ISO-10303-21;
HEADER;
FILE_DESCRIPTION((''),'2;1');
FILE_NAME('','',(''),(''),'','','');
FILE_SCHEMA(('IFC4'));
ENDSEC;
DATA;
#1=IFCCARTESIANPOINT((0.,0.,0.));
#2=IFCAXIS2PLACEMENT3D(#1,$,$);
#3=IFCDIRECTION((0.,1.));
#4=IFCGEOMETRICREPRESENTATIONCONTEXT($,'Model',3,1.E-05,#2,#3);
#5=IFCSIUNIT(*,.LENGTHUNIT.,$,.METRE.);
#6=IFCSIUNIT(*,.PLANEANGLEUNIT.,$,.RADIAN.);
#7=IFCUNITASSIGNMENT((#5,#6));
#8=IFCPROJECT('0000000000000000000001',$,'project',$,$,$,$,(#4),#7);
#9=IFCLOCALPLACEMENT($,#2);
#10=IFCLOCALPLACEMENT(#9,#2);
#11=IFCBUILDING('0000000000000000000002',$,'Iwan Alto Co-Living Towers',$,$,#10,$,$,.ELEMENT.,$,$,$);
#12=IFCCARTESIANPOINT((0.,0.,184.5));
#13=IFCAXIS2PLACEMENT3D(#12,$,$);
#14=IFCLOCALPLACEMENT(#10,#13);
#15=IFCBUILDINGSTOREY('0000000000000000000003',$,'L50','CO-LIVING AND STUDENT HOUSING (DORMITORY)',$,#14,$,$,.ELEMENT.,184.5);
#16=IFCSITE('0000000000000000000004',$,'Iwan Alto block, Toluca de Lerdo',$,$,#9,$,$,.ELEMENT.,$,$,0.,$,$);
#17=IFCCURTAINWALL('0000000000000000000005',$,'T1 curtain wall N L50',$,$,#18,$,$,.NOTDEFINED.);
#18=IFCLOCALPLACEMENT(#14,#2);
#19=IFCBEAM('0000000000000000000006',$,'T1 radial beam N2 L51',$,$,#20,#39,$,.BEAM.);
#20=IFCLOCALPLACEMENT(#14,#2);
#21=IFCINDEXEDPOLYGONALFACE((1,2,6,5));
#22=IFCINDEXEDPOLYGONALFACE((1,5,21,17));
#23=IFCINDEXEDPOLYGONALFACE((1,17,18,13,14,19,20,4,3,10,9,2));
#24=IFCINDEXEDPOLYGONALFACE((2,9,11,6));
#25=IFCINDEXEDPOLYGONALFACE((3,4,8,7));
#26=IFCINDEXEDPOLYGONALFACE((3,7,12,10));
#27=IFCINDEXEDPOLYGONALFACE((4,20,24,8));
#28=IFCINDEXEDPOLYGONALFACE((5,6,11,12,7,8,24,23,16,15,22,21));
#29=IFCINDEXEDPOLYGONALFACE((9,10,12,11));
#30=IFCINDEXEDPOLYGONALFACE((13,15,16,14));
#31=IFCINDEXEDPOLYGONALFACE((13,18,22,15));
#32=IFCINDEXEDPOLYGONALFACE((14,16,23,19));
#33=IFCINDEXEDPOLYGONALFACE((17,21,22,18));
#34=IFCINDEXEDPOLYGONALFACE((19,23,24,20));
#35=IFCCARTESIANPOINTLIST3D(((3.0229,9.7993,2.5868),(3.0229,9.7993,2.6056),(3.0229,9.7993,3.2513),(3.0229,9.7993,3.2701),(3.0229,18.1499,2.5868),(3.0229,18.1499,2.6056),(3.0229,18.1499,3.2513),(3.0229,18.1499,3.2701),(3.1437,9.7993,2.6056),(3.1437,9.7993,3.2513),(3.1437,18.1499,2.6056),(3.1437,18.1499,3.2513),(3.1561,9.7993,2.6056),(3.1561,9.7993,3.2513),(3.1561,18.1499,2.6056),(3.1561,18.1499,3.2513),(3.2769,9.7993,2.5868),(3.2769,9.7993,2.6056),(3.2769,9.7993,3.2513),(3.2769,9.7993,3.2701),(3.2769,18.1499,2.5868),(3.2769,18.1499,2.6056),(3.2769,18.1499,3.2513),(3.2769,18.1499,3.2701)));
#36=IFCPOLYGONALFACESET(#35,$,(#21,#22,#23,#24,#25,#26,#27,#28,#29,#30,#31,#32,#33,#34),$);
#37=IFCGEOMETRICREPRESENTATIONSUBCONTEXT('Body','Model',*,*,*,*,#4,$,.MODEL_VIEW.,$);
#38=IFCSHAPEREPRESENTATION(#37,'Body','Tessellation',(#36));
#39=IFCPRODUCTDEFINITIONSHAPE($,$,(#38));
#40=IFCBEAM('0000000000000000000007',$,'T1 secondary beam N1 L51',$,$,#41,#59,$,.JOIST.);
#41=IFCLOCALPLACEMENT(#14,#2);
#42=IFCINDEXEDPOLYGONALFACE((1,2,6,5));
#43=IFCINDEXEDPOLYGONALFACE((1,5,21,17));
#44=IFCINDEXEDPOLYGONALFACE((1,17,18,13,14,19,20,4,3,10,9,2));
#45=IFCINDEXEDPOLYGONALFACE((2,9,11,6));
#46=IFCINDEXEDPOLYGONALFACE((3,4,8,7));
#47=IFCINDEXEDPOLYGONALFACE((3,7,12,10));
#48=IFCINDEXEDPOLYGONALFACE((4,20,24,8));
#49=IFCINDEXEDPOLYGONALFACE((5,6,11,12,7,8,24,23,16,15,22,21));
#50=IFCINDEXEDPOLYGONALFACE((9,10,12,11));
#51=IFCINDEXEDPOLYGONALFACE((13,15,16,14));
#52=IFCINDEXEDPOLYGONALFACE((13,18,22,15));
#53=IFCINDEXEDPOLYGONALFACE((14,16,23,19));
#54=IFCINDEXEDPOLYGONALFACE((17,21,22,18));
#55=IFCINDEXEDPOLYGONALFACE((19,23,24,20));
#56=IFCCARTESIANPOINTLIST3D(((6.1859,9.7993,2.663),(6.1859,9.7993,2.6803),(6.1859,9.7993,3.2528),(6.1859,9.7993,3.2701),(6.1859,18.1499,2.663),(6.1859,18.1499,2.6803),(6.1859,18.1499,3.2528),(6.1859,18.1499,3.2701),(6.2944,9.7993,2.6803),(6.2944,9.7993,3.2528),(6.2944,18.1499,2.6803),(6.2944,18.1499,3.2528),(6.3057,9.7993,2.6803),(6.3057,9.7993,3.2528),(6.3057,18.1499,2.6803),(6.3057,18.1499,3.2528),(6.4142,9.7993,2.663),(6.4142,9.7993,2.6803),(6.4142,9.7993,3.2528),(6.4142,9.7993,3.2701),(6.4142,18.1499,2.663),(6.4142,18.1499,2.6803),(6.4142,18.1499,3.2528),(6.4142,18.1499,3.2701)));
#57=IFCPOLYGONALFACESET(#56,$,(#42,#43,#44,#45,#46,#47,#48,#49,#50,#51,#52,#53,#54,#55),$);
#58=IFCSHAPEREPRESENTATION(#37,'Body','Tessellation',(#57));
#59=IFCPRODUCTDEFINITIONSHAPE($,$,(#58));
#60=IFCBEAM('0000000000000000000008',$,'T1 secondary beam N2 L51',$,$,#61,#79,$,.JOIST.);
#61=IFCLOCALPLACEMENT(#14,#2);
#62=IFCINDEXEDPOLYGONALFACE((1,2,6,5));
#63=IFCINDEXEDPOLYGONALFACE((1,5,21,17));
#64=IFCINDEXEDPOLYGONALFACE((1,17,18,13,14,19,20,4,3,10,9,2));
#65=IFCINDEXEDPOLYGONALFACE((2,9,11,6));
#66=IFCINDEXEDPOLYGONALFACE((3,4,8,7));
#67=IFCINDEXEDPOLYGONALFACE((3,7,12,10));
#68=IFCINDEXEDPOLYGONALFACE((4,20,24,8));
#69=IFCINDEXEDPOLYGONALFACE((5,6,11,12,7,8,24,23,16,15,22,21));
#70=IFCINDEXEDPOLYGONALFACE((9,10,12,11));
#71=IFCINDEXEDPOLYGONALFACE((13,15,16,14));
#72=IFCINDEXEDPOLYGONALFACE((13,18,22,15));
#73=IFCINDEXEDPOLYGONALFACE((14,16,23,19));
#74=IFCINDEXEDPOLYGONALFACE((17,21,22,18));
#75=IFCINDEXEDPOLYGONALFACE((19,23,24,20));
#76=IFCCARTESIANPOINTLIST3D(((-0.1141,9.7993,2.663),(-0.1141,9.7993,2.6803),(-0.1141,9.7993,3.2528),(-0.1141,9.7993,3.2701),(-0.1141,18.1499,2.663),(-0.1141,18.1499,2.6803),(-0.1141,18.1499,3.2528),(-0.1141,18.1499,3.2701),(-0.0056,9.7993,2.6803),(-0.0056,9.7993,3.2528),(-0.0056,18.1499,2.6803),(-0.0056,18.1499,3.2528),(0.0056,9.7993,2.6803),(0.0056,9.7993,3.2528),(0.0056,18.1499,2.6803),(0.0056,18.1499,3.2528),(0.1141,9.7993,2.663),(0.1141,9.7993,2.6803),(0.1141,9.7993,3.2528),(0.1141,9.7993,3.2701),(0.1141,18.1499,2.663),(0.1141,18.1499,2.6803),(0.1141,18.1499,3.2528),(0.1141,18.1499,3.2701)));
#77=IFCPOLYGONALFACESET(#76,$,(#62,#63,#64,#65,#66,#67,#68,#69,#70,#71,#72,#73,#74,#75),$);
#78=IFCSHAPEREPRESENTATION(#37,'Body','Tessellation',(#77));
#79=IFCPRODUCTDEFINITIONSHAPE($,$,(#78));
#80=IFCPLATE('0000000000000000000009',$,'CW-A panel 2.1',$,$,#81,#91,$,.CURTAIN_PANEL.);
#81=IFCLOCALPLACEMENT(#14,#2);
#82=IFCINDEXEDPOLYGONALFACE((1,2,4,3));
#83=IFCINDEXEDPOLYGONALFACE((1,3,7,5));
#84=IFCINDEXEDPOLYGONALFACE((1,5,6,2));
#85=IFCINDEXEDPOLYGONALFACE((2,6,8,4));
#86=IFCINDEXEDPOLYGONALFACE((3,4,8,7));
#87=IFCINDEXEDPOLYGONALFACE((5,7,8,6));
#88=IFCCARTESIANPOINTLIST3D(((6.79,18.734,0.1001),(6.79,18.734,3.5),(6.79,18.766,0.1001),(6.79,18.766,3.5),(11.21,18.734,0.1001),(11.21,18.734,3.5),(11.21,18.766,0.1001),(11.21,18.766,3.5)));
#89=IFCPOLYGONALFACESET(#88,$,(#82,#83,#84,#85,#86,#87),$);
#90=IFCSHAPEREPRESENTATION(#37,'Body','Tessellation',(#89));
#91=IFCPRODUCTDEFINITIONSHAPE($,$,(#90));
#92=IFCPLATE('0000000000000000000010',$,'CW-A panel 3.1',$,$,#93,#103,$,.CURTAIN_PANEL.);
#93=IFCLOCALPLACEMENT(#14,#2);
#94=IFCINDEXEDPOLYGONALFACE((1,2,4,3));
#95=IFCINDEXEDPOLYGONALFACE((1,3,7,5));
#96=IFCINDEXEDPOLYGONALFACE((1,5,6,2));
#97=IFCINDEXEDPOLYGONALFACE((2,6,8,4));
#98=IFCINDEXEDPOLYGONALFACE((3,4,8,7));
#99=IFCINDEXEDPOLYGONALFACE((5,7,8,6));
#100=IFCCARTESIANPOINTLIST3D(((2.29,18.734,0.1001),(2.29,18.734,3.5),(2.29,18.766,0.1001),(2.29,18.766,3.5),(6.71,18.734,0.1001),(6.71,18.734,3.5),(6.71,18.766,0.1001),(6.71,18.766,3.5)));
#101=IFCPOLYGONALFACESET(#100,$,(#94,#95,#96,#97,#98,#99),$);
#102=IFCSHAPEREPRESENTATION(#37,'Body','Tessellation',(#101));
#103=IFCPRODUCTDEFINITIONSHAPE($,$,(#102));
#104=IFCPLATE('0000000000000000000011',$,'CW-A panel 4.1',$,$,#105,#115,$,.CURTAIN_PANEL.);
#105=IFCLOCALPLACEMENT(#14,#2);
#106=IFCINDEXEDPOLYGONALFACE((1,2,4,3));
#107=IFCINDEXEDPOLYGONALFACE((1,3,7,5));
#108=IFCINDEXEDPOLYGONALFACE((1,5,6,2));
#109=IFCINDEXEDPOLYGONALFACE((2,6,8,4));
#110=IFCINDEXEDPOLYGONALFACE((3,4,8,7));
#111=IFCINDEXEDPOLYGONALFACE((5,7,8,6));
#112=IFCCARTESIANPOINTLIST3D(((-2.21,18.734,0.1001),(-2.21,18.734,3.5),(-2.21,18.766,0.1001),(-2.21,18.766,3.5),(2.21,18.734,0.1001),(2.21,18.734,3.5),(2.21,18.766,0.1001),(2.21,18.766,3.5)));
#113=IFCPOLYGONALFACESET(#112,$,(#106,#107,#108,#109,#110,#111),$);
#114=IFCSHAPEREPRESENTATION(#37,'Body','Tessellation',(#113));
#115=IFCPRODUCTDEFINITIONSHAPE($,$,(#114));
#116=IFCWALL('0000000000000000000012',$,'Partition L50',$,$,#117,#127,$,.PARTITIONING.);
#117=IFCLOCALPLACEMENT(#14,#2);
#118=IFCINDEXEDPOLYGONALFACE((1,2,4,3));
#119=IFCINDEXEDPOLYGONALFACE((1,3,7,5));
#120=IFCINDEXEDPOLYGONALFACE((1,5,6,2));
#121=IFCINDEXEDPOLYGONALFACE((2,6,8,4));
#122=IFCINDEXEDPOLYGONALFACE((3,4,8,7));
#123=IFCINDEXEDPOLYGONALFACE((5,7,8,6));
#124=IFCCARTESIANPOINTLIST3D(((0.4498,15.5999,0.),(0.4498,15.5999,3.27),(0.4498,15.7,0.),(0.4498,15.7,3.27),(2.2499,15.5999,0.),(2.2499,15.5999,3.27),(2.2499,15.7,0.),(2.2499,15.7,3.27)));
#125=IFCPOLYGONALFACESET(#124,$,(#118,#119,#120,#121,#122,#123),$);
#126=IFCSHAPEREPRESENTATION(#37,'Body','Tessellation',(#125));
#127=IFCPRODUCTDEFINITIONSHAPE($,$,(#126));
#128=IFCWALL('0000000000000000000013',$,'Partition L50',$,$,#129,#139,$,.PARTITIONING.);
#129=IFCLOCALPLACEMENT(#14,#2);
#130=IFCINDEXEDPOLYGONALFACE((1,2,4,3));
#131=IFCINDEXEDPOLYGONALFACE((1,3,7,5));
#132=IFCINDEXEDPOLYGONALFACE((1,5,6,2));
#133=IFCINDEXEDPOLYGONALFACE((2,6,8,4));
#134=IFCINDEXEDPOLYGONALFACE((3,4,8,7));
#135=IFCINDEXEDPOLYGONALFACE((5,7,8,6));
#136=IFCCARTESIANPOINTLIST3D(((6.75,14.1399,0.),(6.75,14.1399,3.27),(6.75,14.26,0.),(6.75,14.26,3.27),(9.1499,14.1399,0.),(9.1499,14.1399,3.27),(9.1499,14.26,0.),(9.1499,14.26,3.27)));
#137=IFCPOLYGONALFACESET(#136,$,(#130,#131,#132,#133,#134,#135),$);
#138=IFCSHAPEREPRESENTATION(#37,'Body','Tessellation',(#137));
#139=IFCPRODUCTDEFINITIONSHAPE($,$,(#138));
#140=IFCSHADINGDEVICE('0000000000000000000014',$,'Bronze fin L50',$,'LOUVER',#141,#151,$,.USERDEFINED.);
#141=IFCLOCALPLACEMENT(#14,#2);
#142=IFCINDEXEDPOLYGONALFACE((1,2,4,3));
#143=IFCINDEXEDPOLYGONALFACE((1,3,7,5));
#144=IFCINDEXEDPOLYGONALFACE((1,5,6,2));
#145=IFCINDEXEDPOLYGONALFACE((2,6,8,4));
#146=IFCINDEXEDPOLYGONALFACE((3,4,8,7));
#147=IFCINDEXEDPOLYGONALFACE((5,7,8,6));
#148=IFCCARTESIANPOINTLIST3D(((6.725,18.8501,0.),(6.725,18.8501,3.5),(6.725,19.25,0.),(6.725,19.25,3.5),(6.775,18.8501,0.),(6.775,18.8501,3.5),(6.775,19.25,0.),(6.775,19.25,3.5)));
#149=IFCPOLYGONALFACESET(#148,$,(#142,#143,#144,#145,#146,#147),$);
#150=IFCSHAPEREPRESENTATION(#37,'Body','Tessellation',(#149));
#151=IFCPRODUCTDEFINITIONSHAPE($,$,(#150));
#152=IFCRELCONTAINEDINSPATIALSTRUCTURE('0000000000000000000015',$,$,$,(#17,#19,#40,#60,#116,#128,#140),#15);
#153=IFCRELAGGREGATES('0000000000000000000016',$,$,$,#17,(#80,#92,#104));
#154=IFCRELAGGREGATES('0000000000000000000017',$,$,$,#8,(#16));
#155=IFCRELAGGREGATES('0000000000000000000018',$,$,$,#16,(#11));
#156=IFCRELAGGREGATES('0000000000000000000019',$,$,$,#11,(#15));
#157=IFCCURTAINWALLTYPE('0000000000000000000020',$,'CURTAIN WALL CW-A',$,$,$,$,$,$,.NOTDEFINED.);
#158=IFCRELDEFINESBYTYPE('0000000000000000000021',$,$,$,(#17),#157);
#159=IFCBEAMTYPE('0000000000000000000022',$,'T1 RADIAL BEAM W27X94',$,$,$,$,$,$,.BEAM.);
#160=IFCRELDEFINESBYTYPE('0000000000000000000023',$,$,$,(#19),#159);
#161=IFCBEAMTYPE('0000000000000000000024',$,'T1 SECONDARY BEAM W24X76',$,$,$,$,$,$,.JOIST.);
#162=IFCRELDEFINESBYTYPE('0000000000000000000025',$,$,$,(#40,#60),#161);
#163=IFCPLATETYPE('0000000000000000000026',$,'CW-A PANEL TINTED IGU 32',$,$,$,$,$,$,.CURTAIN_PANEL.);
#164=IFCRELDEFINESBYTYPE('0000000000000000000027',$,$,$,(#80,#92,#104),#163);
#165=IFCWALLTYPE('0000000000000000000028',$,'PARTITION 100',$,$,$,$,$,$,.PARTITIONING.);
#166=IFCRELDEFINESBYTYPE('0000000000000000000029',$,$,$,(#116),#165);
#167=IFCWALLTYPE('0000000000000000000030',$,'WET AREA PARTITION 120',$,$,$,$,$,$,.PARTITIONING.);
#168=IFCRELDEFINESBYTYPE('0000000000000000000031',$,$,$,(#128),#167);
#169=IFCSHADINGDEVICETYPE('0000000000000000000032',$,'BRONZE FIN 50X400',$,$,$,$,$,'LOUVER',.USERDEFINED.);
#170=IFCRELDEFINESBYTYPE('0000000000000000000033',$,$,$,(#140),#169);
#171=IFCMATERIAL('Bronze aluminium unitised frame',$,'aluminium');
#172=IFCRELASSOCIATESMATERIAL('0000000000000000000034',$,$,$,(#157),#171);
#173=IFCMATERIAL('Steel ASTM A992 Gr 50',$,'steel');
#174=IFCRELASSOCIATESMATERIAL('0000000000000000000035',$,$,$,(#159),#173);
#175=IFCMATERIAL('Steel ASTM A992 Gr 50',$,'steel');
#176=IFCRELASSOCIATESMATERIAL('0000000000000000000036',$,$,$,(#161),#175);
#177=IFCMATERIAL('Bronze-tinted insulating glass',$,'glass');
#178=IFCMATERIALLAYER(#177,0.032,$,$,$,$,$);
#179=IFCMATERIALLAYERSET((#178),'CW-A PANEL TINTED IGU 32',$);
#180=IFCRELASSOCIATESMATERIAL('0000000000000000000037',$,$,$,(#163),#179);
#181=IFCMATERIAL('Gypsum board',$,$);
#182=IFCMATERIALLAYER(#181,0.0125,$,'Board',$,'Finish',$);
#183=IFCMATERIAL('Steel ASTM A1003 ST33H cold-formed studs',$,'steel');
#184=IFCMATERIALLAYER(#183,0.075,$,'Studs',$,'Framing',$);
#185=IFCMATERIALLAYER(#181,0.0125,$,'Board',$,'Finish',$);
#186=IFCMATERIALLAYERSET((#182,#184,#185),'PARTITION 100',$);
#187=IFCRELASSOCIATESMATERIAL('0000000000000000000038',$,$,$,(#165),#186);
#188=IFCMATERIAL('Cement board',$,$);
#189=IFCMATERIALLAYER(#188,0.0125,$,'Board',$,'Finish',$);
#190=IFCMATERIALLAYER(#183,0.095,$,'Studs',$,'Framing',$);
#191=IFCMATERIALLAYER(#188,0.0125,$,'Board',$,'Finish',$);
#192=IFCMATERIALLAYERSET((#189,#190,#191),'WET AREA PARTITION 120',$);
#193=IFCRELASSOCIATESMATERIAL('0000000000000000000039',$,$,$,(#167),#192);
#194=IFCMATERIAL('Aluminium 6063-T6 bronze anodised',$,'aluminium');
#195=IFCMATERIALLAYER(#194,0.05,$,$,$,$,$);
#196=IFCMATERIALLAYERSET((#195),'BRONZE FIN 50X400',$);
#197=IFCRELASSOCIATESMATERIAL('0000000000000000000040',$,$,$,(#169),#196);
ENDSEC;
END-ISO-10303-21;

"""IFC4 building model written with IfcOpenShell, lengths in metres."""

from ifc_helpers import new_model, si_unit, direction, frame, frame_2d, origin, origin_2d, place, context, subcontext, project, spatial, rectangle, i_section, extrude, material, layer, layer_set, material_profile, profile_set, type_object, element, aggregate, save


model = new_model("IFC4")

# Units and contexts
model_context = context("Model", 3, precision=1e-05, world=origin(), true_north=direction((0.0, 1.0)))
body_context = subcontext(model_context, "Body", "Model", "MODEL_VIEW")
ifc_project = project(units=[si_unit("LENGTHUNIT", "METRE"), si_unit("PLANEANGLEUNIT", "RADIAN")], contexts=[model_context])

# Site, building, storey
site_placement = place(None, origin())
site = spatial("IfcSite", under=ifc_project, at=site_placement, Name="Iwan Alto block, Toluca de Lerdo", CompositionType="ELEMENT", RefElevation=0.0)
building_placement = place(site_placement, origin())
building = spatial("IfcBuilding", under=site, at=building_placement, Name="Iwan Alto Co-Living Towers", CompositionType="ELEMENT")
storey_placement = place(building_placement, frame((0.0, 0.0, 184.5)))
storey = spatial("IfcBuildingStorey", under=building, at=storey_placement, Name="L50", Description="CO-LIVING AND STUDENT HOUSING (DORMITORY)", CompositionType="ELEMENT", Elevation=184.5)

# Curtain wall
ifc_material_1 = material(Name="Bronze aluminium unitised frame", Category="aluminium")
curtain_wall_type = type_object("IfcCurtainWallType", Name="CURTAIN WALL CW-A", PredefinedType="NOTDEFINED", material=ifc_material_1)
curtain_wall_placement = place(storey_placement, origin())
curtain_wall = element("IfcCurtainWall", 1, at=curtain_wall_placement, inside=storey, type_object=curtain_wall_type, Name="T1 curtain wall N L50", PredefinedType="NOTDEFINED")

# Beams
ifc_material_2 = material(Name="Steel ASTM A992 Gr 50", Category="steel")
ifc_material_profile_1 = material_profile(ifc_material_2, i_section(OverallWidth=0.2539, OverallDepth=0.6833, WebThickness=0.0125, FlangeThickness=0.0188, at=origin_2d()), Name="W27X94")
ifc_profile_set_1 = profile_set([ifc_material_profile_1], Name="Steel ASTM A992 Gr 50")
beam_type_1 = type_object("IfcBeamType", Name="T1 RADIAL BEAM W27X94", PredefinedType="BEAM", material=ifc_profile_set_1)
for number, where, z_axis, x_axis, name in (
    (2, (3.1499, 18.1499, 2.9285), (0.0, -1.0, 0.0), (1.0, 0.0, 0.0), "T1 radial beam N2 L51"),
):
    element("IfcBeam", number, at=place(storey_placement, frame(where, z_axis=z_axis, x_axis=x_axis)), inside=storey, type_object=beam_type_1, Name=name, PredefinedType="BEAM", context=body_context, shape_type="SweptSolid", body=[
        extrude(i_section(OverallWidth=0.2539, OverallDepth=0.6833, WebThickness=0.0125, FlangeThickness=0.0188, at=origin_2d()), origin(), (0.0, 0.0, 1.0), 8.3506),
    ])
ifc_material_3 = material(Name="Steel ASTM A992 Gr 50", Category="steel")
ifc_material_profile_2 = material_profile(ifc_material_3, i_section(OverallWidth=0.2283, OverallDepth=0.6072, WebThickness=0.0112, FlangeThickness=0.0173, at=origin_2d()), Name="W24X76")
ifc_profile_set_2 = profile_set([ifc_material_profile_2], Name="Steel ASTM A992 Gr 50")
beam_type_2 = type_object("IfcBeamType", Name="T1 SECONDARY BEAM W24X76", PredefinedType="JOIST", material=ifc_profile_set_2)
for number, where, z_axis, x_axis, name in (
    (3, (6.3, 18.1499, 2.9666), (0.0, -1.0, 0.0), (1.0, 0.0, 0.0), "T1 secondary beam N1 L51"),
    (4, (0.0, 18.1499, 2.9666), (0.0, -1.0, 0.0), (1.0, 0.0, 0.0), "T1 secondary beam N2 L51"),
):
    element("IfcBeam", number, at=place(storey_placement, frame(where, z_axis=z_axis, x_axis=x_axis)), inside=storey, type_object=beam_type_2, Name=name, PredefinedType="JOIST", context=body_context, shape_type="SweptSolid", body=[
        extrude(i_section(OverallWidth=0.2283, OverallDepth=0.6072, WebThickness=0.0112, FlangeThickness=0.0173, at=origin_2d()), origin(), (0.0, 0.0, 1.0), 8.3506),
    ])

# Plates
ifc_material_4 = material(Name="Bronze-tinted insulating glass", Category="glass")
ifc_layer_1 = layer(ifc_material_4, 0.032)
ifc_layer_set_1 = layer_set([ifc_layer_1], Name="CW-A PANEL TINTED IGU 32")
plate_type = type_object("IfcPlateType", Name="CW-A PANEL TINTED IGU 32", PredefinedType="CURTAIN_PANEL", material=ifc_layer_set_1)
plate_1_placement = place(storey_placement, frame((9.0, 18.75, 0.1001), z_axis=(0.0, 0.0, 1.0), x_axis=(-1.0, 0.0, 0.0)))
plate_1 = element("IfcPlate", 5, at=plate_1_placement, type_object=plate_type, Name="CW-A panel 2.1", PredefinedType="CURTAIN_PANEL", context=body_context, shape_type="SweptSolid", body=[
    extrude(rectangle(XDim=4.4199, YDim=0.032, at=origin_2d()), origin(), (0.0, 0.0, 1.0), 3.3999),
])
plate_2_placement = place(storey_placement, frame((4.5, 18.75, 0.1001), z_axis=(0.0, 0.0, 1.0), x_axis=(-1.0, 0.0, 0.0)))
plate_2 = element("IfcPlate", 6, at=plate_2_placement, type_object=plate_type, Name="CW-A panel 3.1", PredefinedType="CURTAIN_PANEL", context=body_context, shape_type="SweptSolid", body=[
    extrude(rectangle(XDim=4.4199, YDim=0.032, at=origin_2d()), origin(), (0.0, 0.0, 1.0), 3.3999),
])
plate_3_placement = place(storey_placement, frame((0.0, 18.75, 0.1001), z_axis=(0.0, 0.0, 1.0), x_axis=(-1.0, 0.0, 0.0)))
plate_3 = element("IfcPlate", 7, at=plate_3_placement, type_object=plate_type, Name="CW-A panel 4.1", PredefinedType="CURTAIN_PANEL", context=body_context, shape_type="SweptSolid", body=[
    extrude(rectangle(XDim=4.4199, YDim=0.032, at=origin_2d()), origin(), (0.0, 0.0, 1.0), 3.3999),
])
aggregate(curtain_wall, [plate_1, plate_2, plate_3])

# Walls
ifc_material_5 = material(Name="Gypsum board")
ifc_layer_2 = layer(ifc_material_5, 0.0125, Name="Board", Category="Finish")
ifc_material_6 = material(Name="Steel ASTM A1003 ST33H cold-formed studs", Category="steel")
ifc_layer_3 = layer(ifc_material_6, 0.075, Name="Studs", Category="Framing")
ifc_layer_4 = layer(ifc_material_5, 0.0125, Name="Board", Category="Finish")
ifc_layer_set_2 = layer_set([ifc_layer_2, ifc_layer_3, ifc_layer_4], Name="PARTITION 100")
wall_type_1 = type_object("IfcWallType", Name="PARTITION 100", PredefinedType="PARTITIONING", material=ifc_layer_set_2)
wall_1_placement = place(storey_placement, frame((0.45, 15.6499, 0.0), z_axis=(0.0, 0.0, 1.0), x_axis=(1.0, 0.0, 0.0)))
element("IfcWall", 8, at=wall_1_placement, inside=storey, type_object=wall_type_1, Name="Partition L50", PredefinedType="PARTITIONING", context=body_context, shape_type="SweptSolid", body=[
    extrude(rectangle(XDim=1.8, YDim=0.1001, at=frame_2d((0.8999, 0.0))), origin(), (0.0, 0.0, 1.0), 3.27),
])
ifc_material_7 = material(Name="Cement board")
ifc_layer_5 = layer(ifc_material_7, 0.0125, Name="Board", Category="Finish")
ifc_layer_6 = layer(ifc_material_6, 0.095, Name="Studs", Category="Framing")
ifc_layer_7 = layer(ifc_material_7, 0.0125, Name="Board", Category="Finish")
ifc_layer_set_3 = layer_set([ifc_layer_5, ifc_layer_6, ifc_layer_7], Name="WET AREA PARTITION 120")
wall_type_2 = type_object("IfcWallType", Name="WET AREA PARTITION 120", PredefinedType="PARTITIONING", material=ifc_layer_set_3)
wall_2_placement = place(storey_placement, frame((6.75, 14.2, 0.0), z_axis=(0.0, 0.0, 1.0), x_axis=(1.0, 0.0, 0.0)))
element("IfcWall", 9, at=wall_2_placement, inside=storey, type_object=wall_type_2, Name="Partition L50", PredefinedType="PARTITIONING", context=body_context, shape_type="SweptSolid", body=[
    extrude(rectangle(XDim=2.3999, YDim=0.1201, at=frame_2d((1.2, 0.0))), origin(), (0.0, 0.0, 1.0), 3.27),
])

# Shading device
ifc_material_8 = material(Name="Aluminium 6063-T6 bronze anodised", Category="aluminium")
ifc_layer_8 = layer(ifc_material_8, 0.05)
ifc_layer_set_4 = layer_set([ifc_layer_8], Name="BRONZE FIN 50X400")
shading_device_type = type_object("IfcShadingDeviceType", Name="BRONZE FIN 50X400", ElementType="LOUVER", PredefinedType="USERDEFINED", material=ifc_layer_set_4)
shading_device_placement = place(storey_placement, frame((6.75, 19.05, 0.0), z_axis=(0.0, 0.0, 1.0), x_axis=(-1.0, 0.0, 0.0)))
element("IfcShadingDevice", 10, at=shading_device_placement, inside=storey, type_object=shading_device_type, Name="Bronze fin L50", ObjectType="LOUVER", PredefinedType="USERDEFINED", context=body_context, shape_type="SweptSolid", body=[
    extrude(rectangle(XDim=0.05, YDim=0.3999, at=origin_2d()), origin(), (0.0, 0.0, 1.0), 3.5),
])

save(model, "model.ifc")
